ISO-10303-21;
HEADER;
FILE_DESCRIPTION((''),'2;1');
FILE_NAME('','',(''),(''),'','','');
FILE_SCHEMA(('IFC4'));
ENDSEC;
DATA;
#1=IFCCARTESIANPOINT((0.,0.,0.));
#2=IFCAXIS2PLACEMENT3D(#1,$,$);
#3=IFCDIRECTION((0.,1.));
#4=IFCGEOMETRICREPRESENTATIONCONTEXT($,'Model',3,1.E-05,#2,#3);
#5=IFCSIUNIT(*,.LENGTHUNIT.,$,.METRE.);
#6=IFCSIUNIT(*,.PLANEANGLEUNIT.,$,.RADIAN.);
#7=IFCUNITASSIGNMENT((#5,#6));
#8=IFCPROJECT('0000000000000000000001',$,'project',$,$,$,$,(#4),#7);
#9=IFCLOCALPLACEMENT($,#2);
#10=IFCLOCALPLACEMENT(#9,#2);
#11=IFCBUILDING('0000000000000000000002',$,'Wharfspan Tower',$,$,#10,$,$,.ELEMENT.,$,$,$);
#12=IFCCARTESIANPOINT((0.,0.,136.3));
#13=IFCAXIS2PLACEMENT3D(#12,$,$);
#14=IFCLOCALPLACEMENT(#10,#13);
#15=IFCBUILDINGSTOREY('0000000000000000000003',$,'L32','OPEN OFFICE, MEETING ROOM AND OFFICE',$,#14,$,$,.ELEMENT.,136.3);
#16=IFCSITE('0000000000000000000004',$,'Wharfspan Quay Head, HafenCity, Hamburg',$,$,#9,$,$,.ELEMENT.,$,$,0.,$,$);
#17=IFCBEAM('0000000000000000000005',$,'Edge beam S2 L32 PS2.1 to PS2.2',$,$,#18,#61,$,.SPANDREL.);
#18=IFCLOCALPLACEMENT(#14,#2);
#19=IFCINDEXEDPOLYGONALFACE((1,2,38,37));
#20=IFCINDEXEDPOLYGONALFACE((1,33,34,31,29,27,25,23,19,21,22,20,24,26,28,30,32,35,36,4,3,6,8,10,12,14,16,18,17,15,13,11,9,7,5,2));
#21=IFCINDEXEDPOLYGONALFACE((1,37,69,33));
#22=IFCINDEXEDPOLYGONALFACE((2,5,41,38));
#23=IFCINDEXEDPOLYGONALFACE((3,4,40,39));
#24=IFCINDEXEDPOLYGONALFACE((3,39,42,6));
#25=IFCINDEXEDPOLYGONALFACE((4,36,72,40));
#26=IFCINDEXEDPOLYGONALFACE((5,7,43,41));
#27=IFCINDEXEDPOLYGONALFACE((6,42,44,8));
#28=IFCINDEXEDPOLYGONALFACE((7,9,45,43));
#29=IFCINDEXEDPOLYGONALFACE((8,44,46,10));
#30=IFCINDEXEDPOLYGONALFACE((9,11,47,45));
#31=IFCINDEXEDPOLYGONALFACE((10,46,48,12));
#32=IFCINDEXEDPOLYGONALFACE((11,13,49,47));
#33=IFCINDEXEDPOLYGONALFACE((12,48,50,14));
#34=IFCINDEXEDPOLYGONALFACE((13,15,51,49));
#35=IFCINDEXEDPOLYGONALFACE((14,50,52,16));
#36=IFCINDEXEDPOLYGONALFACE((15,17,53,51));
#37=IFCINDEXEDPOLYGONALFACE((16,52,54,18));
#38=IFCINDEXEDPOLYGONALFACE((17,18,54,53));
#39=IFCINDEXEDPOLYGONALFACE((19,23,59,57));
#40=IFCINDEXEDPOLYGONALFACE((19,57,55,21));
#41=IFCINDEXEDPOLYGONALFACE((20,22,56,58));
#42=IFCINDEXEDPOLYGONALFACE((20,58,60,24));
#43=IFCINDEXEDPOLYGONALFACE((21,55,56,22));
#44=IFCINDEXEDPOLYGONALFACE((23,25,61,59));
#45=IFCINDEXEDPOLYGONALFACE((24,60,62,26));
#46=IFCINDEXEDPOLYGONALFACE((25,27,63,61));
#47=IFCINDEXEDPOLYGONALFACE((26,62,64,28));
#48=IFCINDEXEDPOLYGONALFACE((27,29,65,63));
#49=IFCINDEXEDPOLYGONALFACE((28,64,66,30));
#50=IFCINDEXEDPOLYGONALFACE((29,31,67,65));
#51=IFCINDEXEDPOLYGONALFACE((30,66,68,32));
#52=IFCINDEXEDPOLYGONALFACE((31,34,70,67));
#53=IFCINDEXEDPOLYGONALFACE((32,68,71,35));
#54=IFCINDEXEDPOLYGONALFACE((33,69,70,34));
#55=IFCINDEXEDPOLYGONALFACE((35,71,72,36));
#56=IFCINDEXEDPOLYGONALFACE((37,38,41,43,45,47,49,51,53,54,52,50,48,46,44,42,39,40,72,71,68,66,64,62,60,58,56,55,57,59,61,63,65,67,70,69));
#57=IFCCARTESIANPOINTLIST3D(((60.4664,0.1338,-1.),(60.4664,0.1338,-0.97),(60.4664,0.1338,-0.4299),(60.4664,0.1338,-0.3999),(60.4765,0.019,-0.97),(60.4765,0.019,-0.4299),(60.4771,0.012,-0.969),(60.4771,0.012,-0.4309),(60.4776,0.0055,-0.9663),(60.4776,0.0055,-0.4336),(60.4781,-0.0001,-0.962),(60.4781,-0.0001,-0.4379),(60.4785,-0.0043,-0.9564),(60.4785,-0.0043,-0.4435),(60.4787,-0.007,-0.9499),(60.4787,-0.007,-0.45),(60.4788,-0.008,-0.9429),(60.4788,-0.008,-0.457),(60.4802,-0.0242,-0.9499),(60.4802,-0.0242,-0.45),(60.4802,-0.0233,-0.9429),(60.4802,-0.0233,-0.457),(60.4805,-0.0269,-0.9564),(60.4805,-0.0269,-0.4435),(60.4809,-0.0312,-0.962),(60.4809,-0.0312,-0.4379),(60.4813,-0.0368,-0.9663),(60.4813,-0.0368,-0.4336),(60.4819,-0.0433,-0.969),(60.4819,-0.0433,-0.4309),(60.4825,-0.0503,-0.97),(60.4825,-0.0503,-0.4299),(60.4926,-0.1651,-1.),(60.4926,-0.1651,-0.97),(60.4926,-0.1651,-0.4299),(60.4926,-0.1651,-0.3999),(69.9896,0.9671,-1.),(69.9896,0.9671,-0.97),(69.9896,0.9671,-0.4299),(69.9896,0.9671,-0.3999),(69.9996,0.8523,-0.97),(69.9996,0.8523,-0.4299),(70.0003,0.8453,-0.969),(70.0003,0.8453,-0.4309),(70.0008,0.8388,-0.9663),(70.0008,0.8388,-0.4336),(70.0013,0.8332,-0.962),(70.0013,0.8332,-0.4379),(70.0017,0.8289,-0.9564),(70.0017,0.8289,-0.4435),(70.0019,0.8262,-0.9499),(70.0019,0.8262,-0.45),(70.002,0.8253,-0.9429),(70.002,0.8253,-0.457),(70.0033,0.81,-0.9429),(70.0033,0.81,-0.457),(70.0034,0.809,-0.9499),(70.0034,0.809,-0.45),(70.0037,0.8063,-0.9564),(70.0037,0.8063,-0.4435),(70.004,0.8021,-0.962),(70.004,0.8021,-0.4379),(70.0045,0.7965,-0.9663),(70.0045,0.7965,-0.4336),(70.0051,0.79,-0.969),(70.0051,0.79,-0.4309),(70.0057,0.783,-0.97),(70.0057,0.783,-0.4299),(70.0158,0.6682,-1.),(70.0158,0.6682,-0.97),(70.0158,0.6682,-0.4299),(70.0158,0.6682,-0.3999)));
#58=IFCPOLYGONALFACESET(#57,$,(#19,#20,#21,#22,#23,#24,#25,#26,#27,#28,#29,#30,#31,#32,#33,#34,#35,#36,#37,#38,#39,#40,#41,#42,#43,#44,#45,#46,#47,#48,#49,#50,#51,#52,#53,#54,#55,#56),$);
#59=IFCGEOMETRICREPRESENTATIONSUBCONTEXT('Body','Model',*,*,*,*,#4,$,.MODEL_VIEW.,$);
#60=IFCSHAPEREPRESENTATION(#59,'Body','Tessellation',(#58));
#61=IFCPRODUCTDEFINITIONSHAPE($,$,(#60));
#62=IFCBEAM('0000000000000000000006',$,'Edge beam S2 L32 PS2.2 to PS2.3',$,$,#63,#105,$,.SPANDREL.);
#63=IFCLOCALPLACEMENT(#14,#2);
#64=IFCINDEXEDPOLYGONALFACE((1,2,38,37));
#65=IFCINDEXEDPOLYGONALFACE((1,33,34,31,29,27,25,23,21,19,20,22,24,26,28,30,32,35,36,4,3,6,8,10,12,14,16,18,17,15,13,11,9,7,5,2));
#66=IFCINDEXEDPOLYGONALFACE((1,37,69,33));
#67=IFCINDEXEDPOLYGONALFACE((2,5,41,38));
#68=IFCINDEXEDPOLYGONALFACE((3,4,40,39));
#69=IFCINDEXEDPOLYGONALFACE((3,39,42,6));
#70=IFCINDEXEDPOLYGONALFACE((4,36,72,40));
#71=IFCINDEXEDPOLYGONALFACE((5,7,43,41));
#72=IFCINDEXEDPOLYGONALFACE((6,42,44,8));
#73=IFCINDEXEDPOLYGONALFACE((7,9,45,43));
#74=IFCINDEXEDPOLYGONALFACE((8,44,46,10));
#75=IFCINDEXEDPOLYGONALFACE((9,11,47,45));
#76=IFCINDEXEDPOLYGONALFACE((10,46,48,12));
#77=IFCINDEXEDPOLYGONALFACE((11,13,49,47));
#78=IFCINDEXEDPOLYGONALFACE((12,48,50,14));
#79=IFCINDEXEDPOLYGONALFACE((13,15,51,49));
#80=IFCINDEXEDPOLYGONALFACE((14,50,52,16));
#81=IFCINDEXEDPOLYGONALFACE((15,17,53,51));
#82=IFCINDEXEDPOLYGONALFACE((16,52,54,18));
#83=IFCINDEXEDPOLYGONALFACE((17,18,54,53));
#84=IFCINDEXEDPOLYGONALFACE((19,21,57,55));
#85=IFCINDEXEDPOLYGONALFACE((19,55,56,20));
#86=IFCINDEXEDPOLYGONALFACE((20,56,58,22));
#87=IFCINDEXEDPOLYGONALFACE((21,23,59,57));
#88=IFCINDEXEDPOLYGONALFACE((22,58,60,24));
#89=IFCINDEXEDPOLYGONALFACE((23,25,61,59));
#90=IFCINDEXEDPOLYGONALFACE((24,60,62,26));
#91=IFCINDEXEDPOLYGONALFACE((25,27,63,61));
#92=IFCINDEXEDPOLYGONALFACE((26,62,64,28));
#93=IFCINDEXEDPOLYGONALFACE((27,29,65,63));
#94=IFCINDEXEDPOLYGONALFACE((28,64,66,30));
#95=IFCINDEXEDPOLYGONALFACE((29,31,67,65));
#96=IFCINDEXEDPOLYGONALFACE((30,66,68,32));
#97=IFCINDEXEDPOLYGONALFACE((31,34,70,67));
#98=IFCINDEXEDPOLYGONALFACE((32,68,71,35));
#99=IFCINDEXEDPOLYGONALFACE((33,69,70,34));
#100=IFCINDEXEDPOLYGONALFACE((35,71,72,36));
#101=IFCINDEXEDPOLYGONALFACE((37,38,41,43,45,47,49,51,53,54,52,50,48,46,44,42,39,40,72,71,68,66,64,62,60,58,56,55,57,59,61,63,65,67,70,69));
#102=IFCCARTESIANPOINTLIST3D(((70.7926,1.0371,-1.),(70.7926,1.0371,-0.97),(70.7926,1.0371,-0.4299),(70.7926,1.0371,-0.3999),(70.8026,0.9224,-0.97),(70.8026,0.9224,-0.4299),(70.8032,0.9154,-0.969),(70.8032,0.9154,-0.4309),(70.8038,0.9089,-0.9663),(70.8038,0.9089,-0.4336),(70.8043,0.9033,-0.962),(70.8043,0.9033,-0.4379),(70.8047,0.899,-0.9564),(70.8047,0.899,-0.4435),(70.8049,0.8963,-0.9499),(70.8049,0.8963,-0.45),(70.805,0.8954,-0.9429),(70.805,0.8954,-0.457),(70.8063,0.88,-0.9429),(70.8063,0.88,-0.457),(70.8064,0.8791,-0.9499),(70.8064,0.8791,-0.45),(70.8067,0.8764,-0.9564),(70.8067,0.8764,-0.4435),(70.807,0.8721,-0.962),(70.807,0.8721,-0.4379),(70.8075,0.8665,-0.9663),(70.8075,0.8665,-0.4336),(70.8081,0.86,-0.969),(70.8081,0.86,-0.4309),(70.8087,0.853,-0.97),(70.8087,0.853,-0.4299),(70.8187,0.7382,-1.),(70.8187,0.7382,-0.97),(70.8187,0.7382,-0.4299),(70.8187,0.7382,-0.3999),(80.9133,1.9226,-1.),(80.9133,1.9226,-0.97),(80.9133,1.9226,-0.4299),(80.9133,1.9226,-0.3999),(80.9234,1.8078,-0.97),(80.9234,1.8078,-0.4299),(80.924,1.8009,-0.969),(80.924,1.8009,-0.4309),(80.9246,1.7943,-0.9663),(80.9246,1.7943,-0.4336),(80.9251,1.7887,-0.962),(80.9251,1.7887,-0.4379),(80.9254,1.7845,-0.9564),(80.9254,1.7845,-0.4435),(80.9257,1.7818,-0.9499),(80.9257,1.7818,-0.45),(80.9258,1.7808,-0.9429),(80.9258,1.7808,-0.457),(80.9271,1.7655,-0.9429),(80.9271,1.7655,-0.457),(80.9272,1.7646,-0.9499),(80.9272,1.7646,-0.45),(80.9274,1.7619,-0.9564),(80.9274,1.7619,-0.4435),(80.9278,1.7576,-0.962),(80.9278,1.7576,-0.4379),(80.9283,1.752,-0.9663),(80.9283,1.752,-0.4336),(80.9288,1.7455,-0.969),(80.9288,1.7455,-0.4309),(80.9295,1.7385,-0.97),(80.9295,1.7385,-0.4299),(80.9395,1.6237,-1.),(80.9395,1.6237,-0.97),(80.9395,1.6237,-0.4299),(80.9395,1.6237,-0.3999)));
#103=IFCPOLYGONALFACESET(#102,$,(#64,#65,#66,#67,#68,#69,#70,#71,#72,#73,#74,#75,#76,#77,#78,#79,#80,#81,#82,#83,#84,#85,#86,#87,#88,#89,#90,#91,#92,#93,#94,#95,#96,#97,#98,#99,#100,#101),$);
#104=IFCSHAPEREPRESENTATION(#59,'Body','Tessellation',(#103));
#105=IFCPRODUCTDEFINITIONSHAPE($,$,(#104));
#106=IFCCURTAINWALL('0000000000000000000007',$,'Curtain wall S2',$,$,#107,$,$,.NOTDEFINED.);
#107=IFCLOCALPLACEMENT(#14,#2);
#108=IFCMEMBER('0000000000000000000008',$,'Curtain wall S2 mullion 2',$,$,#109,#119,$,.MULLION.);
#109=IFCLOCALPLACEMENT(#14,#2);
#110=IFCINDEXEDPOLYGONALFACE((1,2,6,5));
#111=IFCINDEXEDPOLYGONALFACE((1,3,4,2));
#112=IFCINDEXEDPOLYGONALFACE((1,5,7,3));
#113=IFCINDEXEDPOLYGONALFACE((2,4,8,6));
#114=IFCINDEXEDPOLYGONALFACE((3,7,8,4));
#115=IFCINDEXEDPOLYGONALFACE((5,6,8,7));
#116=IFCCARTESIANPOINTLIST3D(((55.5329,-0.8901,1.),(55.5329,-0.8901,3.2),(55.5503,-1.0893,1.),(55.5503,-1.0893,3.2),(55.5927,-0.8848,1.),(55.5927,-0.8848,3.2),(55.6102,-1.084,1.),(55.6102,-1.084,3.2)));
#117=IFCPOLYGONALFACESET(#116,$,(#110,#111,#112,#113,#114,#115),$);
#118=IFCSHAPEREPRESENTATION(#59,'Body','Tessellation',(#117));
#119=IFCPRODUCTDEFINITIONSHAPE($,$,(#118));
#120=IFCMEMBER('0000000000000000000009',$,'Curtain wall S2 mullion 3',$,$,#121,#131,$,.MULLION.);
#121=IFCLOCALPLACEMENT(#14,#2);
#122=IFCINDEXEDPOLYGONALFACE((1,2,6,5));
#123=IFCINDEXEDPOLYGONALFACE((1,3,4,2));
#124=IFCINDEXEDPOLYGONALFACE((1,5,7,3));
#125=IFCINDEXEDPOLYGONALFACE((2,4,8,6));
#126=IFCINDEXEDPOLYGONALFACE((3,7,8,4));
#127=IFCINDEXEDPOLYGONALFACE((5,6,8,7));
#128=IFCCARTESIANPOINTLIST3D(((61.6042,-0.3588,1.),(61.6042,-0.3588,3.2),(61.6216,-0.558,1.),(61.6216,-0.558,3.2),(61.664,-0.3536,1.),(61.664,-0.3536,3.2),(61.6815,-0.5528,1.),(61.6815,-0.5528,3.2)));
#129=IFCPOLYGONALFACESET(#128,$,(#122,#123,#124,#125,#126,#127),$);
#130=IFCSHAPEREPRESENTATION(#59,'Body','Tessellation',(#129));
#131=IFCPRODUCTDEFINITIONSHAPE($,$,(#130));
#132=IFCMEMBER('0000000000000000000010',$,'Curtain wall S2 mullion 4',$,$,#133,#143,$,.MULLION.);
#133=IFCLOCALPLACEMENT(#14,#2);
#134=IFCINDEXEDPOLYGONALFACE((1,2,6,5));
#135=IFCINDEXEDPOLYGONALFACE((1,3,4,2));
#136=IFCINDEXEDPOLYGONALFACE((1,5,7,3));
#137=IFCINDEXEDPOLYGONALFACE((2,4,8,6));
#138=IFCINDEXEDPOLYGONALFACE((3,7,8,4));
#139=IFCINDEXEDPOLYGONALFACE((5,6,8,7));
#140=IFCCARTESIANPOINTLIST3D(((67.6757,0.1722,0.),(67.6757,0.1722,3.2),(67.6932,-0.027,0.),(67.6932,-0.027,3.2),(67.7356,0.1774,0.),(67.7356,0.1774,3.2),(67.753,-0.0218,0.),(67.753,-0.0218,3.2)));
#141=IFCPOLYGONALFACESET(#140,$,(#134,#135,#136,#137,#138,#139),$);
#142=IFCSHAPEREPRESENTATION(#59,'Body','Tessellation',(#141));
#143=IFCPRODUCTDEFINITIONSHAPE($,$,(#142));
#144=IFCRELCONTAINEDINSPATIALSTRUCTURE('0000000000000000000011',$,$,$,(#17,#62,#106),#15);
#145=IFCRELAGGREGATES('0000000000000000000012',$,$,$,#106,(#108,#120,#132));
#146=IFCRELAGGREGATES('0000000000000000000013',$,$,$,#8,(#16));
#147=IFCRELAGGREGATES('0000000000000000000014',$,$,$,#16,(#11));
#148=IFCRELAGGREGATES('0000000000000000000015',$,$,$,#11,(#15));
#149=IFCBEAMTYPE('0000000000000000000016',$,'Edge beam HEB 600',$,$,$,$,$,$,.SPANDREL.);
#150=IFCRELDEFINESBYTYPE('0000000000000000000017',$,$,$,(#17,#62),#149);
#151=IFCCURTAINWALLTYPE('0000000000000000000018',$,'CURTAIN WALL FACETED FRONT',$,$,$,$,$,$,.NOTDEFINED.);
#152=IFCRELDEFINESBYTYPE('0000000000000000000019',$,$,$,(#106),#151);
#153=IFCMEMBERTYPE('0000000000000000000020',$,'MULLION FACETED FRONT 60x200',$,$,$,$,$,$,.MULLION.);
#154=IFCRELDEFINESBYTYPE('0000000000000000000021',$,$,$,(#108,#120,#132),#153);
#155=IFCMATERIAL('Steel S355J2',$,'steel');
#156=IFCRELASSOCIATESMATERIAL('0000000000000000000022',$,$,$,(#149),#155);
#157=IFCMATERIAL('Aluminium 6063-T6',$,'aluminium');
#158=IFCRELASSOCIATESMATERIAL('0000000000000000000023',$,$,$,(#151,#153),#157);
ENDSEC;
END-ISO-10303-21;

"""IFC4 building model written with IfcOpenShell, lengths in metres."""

from ifc_helpers import new_model, si_unit, direction, frame, origin, origin_2d, place, context, subcontext, project, spatial, rectangle, i_section, extrude, material, material_profile, profile_set, type_object, element, aggregate, save


model = new_model("IFC4")

# Units and contexts
model_context = context("Model", 3, precision=1e-05, world=origin(), true_north=direction((0.0, 1.0)))
body_context = subcontext(model_context, "Body", "Model", "MODEL_VIEW")
ifc_project = project(units=[si_unit("LENGTHUNIT", "METRE"), si_unit("PLANEANGLEUNIT", "RADIAN")], contexts=[model_context])

# Site, building, storey
site_placement = place(None, origin())
site = spatial("IfcSite", under=ifc_project, at=site_placement, Name="Wharfspan Quay Head, HafenCity, Hamburg", CompositionType="ELEMENT", RefElevation=0.0)
building_placement = place(site_placement, origin())
building = spatial("IfcBuilding", under=site, at=building_placement, Name="Wharfspan Tower", CompositionType="ELEMENT")
storey_placement = place(building_placement, frame((0.0, 0.0, 136.3)))
storey = spatial("IfcBuildingStorey", under=building, at=storey_placement, Name="L32", Description="OPEN OFFICE, MEETING ROOM AND OFFICE", CompositionType="ELEMENT", Elevation=136.3)

# Shared definitions
ifc_material_1 = material(Name="Steel S355J2", Category="steel")

# Beams
ifc_material_profile_1 = material_profile(ifc_material_1, i_section(OverallWidth=0.3, OverallDepth=0.6001, WebThickness=0.0154, FlangeThickness=0.03, FilletRadius=0.0271, at=origin_2d()))
ifc_profile_set_1 = profile_set([ifc_material_profile_1], Name="Steel S355J2")
beam_type = type_object("IfcBeamType", Name="Edge beam HEB 600", PredefinedType="SPANDREL", material=ifc_profile_set_1)
beam_1_placement = place(storey_placement, frame((60.4795, -0.0156, -0.7), z_axis=(0.996194, 0.087164, 0.0), x_axis=(-0.087164, 0.996194, 0.0)))
element("IfcBeam", 1, at=beam_1_placement, inside=storey, type_object=beam_type, Name="Edge beam S2 L32 PS2.1 to PS2.2", PredefinedType="SPANDREL", context=body_context, shape_type="SweptSolid", body=[
    extrude(i_section(OverallWidth=0.3, OverallDepth=0.6001, WebThickness=0.0154, FlangeThickness=0.03, FilletRadius=0.0271, at=origin_2d()), origin(), (0.0, 0.0, 1.0), 9.5596),
])
beam_2_placement = place(storey_placement, frame((70.8057, 0.8877, -0.7), z_axis=(0.996194, 0.087159, 0.0), x_axis=(-0.087159, 0.996194, 0.0)))
element("IfcBeam", 2, at=beam_2_placement, inside=storey, type_object=beam_type, Name="Edge beam S2 L32 PS2.2 to PS2.3", PredefinedType="SPANDREL", context=body_context, shape_type="SweptSolid", body=[
    extrude(i_section(OverallWidth=0.3, OverallDepth=0.6001, WebThickness=0.0154, FlangeThickness=0.03, FilletRadius=0.0271, at=origin_2d()), origin(), (0.0, 0.0, 1.0), 10.1594),
])

# Curtain wall, members
ifc_material_2 = material(Name="Aluminium 6063-T6", Category="aluminium")
curtain_wall_type = type_object("IfcCurtainWallType", Name="CURTAIN WALL FACETED FRONT", PredefinedType="NOTDEFINED", material=ifc_material_2)
curtain_wall_placement = place(storey_placement, origin())
curtain_wall = element("IfcCurtainWall", 3, at=curtain_wall_placement, inside=storey, type_object=curtain_wall_type, Name="Curtain wall S2", PredefinedType="NOTDEFINED")
ifc_material_profile_2 = material_profile(ifc_material_2, rectangle(XDim=0.2, YDim=0.0601, at=origin_2d()))
ifc_profile_set_2 = profile_set([ifc_material_profile_2], Name="Aluminium 6063-T6")
member_type_1 = type_object("IfcMemberType", Name="MULLION FACETED FRONT 60x200", PredefinedType="MULLION", material=ifc_profile_set_2)
member_1_placement = place(storey_placement, frame((55.5715, -0.9871, 1.0), z_axis=(0.0, 0.0, 1.0), x_axis=(-0.087156, 0.996198, 0.0)))
member_1 = element("IfcMember", 4, at=member_1_placement, type_object=member_type_1, Name="Curtain wall S2 mullion 2", PredefinedType="MULLION", context=body_context, shape_type="SweptSolid", body=[
    extrude(rectangle(XDim=0.2, YDim=0.0601, at=origin_2d()), origin(), (0.0, 0.0, 1.0), 2.2),
])
member_2_placement = place(storey_placement, frame((61.6428, -0.4558, 1.0), z_axis=(0.0, 0.0, 1.0), x_axis=(-0.087156, 0.996198, 0.0)))
member_2 = element("IfcMember", 5, at=member_2_placement, type_object=member_type_1, Name="Curtain wall S2 mullion 3", PredefinedType="MULLION", context=body_context, shape_type="SweptSolid", body=[
    extrude(rectangle(XDim=0.2, YDim=0.0601, at=origin_2d()), origin(), (0.0, 0.0, 1.0), 2.2),
])
member_3_placement = place(storey_placement, frame((67.7144, 0.0752, 0.0), z_axis=(0.0, 0.0, 1.0), x_axis=(-0.087156, 0.996198, 0.0)))
member_3 = element("IfcMember", 6, at=member_3_placement, type_object=member_type_1, Name="Curtain wall S2 mullion 4", PredefinedType="MULLION", context=body_context, shape_type="SweptSolid", body=[
    extrude(rectangle(XDim=0.2, YDim=0.0601, at=origin_2d()), origin(), (0.0, 0.0, 1.0), 3.2),
])

aggregate(curtain_wall, [member_1, member_2, member_3])

save(model, "model.ifc")
